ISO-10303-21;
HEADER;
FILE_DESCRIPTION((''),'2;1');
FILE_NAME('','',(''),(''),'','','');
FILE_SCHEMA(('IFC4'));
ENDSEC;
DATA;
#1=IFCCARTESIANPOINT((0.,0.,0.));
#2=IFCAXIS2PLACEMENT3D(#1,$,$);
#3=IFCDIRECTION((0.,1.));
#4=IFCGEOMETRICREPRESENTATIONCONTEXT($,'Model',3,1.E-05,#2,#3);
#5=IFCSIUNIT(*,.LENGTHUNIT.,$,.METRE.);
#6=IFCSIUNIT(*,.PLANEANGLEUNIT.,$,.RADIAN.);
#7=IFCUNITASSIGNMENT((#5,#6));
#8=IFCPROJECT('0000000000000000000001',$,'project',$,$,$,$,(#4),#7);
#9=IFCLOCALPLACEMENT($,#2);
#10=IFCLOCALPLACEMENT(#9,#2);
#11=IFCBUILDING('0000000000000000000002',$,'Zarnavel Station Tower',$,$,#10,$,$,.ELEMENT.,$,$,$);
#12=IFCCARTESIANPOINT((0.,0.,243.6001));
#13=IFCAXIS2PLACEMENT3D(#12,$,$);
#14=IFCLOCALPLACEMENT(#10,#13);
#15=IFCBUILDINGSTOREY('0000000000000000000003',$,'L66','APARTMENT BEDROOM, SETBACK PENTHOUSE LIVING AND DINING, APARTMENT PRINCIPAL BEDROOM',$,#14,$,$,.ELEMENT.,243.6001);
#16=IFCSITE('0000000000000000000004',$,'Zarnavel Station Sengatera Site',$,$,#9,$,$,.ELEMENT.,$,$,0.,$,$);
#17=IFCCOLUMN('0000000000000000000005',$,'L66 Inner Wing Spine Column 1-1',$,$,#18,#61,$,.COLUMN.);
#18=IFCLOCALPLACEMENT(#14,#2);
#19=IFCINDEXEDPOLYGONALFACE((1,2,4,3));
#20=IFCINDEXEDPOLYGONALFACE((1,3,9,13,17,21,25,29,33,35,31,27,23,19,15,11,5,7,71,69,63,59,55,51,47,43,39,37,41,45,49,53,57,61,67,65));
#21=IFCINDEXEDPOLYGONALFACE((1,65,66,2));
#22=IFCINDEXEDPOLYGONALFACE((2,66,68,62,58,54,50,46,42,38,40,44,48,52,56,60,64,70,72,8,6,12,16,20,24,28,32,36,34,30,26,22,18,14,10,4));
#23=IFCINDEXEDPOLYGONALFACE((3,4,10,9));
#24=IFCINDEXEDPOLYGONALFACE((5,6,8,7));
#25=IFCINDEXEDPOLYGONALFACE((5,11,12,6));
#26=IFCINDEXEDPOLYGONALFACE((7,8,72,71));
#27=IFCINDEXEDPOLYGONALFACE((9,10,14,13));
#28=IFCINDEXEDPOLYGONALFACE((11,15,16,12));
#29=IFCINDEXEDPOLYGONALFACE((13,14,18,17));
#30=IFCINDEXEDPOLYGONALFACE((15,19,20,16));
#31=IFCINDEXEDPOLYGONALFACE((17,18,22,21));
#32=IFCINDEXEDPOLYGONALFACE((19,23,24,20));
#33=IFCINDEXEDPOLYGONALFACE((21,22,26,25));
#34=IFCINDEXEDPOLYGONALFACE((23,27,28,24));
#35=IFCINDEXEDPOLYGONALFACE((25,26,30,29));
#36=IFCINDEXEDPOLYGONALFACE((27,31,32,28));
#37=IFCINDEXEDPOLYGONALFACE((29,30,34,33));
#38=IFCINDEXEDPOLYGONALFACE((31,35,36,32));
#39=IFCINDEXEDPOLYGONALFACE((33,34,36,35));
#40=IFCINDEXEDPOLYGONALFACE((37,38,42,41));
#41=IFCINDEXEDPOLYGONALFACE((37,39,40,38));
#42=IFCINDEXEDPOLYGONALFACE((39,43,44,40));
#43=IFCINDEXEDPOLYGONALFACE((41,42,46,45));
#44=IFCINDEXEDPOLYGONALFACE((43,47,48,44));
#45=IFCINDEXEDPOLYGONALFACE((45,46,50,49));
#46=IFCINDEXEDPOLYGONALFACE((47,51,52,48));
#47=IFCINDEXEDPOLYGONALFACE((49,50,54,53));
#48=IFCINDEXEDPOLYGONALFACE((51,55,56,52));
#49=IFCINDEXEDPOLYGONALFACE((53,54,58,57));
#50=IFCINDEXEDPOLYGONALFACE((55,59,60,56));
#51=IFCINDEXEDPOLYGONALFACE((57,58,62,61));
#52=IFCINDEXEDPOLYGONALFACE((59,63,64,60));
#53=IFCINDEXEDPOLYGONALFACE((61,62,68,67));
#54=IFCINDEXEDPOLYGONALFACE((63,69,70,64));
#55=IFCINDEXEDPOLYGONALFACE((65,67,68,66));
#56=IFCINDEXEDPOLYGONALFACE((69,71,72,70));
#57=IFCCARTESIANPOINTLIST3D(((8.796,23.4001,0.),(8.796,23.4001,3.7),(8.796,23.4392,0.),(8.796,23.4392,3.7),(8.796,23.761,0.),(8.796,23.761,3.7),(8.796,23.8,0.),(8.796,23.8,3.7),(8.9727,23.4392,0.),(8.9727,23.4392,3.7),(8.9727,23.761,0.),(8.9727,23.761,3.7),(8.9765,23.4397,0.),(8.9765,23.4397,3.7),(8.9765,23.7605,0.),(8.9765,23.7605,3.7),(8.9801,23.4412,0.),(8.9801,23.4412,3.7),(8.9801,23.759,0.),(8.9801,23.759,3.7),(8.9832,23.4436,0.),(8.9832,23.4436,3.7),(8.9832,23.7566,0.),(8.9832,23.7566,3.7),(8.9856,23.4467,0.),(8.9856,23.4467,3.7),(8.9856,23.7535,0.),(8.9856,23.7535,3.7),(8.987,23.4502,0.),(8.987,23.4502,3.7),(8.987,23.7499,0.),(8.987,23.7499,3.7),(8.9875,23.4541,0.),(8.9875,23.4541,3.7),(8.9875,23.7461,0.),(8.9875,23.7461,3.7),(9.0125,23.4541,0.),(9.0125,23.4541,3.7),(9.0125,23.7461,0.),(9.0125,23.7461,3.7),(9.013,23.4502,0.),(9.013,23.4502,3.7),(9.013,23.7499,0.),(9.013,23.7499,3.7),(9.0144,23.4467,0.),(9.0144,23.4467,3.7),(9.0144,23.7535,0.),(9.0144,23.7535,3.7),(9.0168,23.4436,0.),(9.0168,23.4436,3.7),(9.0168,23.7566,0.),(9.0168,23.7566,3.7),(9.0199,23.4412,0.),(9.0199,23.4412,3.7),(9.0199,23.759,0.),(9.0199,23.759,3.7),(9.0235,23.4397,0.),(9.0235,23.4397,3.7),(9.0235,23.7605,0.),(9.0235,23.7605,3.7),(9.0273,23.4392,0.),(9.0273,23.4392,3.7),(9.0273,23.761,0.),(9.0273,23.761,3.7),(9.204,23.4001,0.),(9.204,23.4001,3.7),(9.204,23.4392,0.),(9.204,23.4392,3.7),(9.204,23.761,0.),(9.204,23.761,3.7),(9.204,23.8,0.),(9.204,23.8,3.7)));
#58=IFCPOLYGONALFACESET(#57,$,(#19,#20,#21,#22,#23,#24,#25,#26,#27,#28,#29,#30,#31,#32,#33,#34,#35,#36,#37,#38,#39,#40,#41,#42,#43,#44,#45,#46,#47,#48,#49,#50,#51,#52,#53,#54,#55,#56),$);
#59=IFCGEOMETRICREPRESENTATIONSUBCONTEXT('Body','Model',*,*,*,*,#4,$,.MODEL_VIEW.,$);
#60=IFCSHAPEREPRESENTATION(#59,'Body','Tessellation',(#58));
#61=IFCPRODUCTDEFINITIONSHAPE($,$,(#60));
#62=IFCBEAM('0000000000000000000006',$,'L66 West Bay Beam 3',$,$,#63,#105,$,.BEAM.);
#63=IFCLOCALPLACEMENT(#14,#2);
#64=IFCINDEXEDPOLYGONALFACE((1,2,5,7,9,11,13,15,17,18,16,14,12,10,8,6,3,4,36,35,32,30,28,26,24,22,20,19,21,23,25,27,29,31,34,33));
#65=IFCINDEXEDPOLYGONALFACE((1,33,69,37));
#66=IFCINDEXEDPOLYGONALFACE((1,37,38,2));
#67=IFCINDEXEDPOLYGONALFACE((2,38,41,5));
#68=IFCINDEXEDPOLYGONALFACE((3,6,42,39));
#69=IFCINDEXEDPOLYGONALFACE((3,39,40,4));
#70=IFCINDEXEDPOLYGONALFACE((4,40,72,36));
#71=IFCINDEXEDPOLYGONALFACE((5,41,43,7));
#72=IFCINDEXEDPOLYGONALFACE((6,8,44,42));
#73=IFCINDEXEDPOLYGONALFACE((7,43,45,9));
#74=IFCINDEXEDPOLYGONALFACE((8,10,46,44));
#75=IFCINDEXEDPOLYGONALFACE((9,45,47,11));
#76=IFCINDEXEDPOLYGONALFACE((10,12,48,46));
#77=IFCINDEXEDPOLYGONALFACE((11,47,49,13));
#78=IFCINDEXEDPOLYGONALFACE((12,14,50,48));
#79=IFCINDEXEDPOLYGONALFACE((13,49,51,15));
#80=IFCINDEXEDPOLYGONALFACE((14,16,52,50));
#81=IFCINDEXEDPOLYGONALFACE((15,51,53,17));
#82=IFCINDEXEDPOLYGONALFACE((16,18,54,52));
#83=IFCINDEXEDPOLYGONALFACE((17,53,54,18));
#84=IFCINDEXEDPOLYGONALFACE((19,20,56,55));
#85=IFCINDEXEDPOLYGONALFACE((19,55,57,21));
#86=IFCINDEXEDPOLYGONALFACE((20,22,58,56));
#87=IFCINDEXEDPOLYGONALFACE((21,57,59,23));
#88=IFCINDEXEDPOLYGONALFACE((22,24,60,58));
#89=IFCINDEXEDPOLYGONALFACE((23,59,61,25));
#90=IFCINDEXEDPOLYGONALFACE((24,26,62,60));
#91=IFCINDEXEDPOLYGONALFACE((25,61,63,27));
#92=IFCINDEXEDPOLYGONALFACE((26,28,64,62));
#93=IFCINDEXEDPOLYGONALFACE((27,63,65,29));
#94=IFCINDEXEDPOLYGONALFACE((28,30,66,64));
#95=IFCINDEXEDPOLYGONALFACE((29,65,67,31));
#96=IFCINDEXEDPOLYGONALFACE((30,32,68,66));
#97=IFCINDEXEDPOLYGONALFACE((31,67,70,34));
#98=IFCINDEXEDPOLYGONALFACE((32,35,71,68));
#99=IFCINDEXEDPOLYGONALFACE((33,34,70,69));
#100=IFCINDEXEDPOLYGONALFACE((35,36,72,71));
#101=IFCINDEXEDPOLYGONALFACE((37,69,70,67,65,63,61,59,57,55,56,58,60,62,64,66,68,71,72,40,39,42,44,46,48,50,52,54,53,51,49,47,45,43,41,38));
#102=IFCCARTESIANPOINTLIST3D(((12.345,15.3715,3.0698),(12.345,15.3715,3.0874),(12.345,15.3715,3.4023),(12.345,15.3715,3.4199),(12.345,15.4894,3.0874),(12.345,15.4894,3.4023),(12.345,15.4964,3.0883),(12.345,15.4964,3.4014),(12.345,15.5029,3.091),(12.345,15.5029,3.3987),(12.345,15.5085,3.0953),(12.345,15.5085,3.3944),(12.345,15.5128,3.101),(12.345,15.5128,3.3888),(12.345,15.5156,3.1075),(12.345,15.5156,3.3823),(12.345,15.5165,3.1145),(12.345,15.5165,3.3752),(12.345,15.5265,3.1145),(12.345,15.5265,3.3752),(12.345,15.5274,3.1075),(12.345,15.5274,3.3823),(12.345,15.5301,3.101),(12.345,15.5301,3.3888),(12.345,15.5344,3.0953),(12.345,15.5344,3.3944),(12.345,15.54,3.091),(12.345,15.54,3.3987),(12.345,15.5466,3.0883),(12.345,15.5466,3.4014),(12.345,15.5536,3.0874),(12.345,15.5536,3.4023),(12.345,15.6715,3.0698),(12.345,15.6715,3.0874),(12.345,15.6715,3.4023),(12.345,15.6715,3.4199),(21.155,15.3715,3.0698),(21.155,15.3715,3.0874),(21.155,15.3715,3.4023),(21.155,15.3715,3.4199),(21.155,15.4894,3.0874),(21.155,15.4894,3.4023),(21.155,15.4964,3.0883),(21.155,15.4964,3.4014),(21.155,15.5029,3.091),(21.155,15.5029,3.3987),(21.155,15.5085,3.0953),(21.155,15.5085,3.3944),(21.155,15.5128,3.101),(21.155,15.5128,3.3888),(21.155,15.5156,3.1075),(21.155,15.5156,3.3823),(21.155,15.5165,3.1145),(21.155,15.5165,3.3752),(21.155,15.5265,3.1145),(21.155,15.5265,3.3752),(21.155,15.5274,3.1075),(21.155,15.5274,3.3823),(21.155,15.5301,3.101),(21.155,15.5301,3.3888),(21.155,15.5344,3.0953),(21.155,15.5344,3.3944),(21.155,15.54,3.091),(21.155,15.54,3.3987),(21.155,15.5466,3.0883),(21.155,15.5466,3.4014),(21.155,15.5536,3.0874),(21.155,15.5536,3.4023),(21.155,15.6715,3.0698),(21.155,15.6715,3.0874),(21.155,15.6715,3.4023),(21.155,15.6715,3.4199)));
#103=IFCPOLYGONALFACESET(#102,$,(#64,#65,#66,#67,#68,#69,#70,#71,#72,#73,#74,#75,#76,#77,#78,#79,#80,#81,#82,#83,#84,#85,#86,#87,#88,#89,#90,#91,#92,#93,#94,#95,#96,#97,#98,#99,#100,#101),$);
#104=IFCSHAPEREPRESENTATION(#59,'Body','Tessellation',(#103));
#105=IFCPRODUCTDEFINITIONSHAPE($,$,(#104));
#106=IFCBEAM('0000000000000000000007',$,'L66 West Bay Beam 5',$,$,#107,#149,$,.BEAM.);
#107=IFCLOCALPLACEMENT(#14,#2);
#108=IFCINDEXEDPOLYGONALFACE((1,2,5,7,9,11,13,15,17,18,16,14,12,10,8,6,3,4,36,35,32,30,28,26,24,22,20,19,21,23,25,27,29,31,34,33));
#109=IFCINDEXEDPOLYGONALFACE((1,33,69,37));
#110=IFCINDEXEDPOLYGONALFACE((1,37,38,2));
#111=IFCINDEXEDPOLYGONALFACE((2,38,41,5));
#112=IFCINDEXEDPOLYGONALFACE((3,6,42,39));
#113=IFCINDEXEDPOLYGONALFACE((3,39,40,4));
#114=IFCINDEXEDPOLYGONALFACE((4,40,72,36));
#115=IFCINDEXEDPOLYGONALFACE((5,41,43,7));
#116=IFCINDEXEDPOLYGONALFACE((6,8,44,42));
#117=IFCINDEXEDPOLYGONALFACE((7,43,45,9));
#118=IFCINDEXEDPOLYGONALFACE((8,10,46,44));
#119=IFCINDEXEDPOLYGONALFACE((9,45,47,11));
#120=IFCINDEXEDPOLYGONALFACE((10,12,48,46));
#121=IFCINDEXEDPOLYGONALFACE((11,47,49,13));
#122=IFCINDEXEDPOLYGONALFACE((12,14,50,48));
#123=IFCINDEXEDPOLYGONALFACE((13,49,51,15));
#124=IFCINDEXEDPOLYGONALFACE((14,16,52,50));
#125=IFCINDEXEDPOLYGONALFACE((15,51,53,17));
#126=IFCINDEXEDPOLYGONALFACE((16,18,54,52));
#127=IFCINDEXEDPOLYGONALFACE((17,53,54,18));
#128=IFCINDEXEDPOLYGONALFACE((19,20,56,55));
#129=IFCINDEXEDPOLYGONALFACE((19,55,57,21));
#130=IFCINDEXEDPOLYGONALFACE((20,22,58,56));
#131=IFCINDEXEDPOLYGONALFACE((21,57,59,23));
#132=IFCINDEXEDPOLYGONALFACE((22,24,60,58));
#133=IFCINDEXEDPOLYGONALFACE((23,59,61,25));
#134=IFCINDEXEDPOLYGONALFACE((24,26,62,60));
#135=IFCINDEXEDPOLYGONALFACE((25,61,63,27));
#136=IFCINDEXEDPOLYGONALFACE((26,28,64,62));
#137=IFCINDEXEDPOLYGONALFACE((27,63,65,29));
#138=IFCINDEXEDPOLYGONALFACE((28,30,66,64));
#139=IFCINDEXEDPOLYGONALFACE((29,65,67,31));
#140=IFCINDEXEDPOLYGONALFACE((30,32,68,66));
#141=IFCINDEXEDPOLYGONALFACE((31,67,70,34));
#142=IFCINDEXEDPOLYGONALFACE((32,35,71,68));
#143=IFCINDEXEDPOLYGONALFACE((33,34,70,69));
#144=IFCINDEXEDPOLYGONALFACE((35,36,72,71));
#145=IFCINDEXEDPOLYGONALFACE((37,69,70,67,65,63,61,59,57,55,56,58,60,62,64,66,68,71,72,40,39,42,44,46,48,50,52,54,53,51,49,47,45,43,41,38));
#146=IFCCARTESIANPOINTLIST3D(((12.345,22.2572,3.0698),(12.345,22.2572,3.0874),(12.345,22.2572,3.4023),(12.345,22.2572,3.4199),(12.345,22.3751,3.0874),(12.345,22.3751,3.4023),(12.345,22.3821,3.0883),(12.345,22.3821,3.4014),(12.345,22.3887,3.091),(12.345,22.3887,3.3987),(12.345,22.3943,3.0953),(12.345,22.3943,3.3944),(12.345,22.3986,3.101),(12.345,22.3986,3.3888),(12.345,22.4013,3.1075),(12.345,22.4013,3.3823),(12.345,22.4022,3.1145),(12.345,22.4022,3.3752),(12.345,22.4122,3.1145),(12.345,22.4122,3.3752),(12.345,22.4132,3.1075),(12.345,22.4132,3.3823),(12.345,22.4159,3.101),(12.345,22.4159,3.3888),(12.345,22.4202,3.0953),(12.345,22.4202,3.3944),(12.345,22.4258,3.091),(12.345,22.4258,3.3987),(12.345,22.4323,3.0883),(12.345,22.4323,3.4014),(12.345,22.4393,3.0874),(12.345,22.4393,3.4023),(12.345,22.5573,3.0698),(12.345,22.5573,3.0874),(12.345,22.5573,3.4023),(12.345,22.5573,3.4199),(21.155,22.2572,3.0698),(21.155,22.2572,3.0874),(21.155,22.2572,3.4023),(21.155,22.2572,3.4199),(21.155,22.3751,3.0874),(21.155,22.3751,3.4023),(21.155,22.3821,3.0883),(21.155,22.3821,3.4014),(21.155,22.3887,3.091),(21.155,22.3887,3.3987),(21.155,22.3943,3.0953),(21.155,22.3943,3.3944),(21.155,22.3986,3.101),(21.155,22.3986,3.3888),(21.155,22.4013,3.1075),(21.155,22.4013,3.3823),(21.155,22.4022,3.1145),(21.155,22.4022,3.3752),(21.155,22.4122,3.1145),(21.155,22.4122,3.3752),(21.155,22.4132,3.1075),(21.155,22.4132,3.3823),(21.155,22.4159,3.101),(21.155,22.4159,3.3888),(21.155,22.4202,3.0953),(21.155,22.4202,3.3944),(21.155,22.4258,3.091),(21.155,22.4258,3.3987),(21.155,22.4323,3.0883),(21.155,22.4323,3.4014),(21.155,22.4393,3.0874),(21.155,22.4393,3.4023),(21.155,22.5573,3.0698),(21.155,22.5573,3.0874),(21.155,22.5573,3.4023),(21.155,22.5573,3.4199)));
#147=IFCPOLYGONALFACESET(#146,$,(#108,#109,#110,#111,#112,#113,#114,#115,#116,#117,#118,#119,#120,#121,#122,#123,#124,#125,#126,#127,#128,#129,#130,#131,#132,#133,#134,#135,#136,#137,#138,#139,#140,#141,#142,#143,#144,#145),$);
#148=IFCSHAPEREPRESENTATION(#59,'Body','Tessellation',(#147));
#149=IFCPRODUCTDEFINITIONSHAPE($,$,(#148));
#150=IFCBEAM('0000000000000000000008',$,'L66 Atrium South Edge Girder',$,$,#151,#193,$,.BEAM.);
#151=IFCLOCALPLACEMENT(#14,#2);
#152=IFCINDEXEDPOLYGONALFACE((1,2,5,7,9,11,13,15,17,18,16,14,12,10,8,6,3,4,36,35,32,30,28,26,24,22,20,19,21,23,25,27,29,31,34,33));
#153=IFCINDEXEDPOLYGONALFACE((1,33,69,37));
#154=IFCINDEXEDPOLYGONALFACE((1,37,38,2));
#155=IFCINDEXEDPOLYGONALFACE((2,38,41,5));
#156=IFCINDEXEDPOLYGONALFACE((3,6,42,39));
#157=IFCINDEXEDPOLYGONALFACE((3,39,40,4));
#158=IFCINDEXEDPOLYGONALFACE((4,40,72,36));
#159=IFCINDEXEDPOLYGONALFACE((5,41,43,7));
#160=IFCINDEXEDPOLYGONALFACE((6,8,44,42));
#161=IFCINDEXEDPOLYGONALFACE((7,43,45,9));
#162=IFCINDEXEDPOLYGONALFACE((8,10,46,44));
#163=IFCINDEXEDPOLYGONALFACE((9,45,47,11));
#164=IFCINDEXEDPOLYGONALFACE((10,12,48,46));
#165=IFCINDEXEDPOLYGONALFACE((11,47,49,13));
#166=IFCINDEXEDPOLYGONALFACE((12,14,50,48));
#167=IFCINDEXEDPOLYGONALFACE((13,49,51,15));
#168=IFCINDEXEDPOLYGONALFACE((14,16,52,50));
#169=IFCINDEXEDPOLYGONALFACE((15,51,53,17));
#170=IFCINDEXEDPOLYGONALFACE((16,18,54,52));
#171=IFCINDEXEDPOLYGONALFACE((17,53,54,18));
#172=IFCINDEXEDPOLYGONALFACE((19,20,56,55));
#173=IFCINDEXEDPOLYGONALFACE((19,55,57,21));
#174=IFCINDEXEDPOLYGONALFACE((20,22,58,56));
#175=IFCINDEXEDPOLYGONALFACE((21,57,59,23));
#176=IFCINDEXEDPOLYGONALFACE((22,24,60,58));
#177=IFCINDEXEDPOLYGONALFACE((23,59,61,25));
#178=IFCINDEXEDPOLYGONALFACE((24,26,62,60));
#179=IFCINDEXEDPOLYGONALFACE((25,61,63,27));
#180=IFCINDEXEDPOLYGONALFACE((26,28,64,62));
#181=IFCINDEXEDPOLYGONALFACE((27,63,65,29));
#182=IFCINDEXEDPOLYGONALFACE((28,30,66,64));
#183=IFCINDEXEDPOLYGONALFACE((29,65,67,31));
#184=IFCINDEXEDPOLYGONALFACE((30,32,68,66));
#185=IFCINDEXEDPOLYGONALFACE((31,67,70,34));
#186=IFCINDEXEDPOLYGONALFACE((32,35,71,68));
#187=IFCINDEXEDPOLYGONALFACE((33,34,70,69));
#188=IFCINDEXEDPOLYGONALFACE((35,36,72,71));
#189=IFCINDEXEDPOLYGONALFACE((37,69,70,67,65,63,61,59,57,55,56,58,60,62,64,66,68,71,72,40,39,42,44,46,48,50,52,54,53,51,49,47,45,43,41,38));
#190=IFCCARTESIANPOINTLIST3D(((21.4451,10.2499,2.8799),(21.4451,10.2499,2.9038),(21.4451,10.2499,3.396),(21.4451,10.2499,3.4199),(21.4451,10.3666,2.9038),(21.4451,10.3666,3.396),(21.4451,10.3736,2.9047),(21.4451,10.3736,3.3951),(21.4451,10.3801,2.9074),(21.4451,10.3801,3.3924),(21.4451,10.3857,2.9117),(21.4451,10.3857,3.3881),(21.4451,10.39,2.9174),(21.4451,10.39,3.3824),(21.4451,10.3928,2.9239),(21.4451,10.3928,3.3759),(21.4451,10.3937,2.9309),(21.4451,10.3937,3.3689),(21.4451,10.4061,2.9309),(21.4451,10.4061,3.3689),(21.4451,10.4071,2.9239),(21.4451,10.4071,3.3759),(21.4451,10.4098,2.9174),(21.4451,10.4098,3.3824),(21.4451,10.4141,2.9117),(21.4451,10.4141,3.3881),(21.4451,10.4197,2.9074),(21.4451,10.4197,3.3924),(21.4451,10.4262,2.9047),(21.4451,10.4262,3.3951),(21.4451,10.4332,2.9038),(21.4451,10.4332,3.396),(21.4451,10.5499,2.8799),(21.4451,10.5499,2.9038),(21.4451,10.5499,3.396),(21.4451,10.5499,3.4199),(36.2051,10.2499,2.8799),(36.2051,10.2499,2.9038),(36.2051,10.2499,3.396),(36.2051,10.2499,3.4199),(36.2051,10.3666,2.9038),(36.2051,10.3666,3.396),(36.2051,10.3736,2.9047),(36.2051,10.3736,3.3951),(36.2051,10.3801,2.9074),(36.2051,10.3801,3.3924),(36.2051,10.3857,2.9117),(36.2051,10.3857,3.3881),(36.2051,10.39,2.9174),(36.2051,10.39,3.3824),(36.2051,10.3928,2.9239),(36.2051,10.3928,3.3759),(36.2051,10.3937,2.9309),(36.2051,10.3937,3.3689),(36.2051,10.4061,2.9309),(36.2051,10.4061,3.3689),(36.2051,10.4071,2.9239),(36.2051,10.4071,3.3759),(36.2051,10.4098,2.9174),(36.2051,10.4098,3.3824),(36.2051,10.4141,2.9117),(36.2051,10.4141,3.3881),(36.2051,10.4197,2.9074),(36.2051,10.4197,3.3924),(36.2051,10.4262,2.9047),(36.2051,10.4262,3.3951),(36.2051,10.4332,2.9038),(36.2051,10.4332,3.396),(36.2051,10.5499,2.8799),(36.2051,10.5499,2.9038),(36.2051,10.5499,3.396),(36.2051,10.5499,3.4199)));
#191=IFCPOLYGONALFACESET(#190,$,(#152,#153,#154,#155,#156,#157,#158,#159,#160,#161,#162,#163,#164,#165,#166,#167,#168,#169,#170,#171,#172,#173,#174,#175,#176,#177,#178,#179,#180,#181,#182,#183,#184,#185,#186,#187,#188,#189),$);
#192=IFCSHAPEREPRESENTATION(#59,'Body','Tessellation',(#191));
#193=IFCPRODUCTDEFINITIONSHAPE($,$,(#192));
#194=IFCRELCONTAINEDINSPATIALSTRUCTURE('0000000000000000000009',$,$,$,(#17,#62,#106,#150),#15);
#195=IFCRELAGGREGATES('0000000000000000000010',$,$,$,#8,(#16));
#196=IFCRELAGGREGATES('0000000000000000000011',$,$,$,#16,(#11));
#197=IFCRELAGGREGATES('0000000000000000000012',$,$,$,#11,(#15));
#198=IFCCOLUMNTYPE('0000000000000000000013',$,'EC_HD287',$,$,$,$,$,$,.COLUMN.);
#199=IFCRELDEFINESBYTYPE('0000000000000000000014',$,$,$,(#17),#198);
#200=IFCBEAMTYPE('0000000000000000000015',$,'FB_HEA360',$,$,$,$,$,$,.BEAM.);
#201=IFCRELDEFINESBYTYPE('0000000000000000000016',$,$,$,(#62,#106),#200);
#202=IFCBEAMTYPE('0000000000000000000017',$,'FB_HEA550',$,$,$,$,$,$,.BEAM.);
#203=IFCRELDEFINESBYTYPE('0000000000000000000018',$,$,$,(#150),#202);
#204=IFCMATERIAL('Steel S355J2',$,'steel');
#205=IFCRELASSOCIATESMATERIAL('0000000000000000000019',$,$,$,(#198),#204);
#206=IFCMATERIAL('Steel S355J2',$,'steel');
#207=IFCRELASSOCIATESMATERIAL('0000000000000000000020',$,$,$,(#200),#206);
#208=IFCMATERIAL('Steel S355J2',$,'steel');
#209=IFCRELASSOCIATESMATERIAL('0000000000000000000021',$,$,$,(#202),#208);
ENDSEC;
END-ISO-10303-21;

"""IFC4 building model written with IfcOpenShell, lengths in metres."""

from ifc_helpers import new_model, si_unit, direction, frame, origin, origin_2d, place, context, subcontext, project, spatial, i_section, extrude, material, material_profile, profile_set, type_object, element, save


model = new_model("IFC4")

# Units and contexts
model_context = context("Model", 3, precision=1e-05, world=origin(), true_north=direction((0.0, 1.0)))
body_context = subcontext(model_context, "Body", "Model", "MODEL_VIEW")
ifc_project = project(units=[si_unit("LENGTHUNIT", "METRE"), si_unit("PLANEANGLEUNIT", "RADIAN")], contexts=[model_context])

# Site, building, storey
site_placement = place(None, origin())
site = spatial("IfcSite", under=ifc_project, at=site_placement, Name="Zarnavel Station Sengatera Site", CompositionType="ELEMENT", RefElevation=0.0)
building_placement = place(site_placement, origin())
building = spatial("IfcBuilding", under=site, at=building_placement, Name="Zarnavel Station Tower", CompositionType="ELEMENT")
storey_placement = place(building_placement, frame((0.0, 0.0, 243.6001)))
storey = spatial("IfcBuildingStorey", under=building, at=storey_placement, Name="L66", Description="APARTMENT BEDROOM, SETBACK PENTHOUSE LIVING AND DINING, APARTMENT PRINCIPAL BEDROOM", CompositionType="ELEMENT", Elevation=243.6001)

# Column
ifc_material_1 = material(Name="Steel S355J2", Category="steel")
ifc_material_profile_1 = material_profile(ifc_material_1, i_section(OverallWidth=0.408, OverallDepth=0.3999, WebThickness=0.0249, FlangeThickness=0.0391, FilletRadius=0.0149, at=origin_2d()), Name="HD400x287")
ifc_profile_set_1 = profile_set([ifc_material_profile_1], Name="Steel S355J2")
column_type = type_object("IfcColumnType", Name="EC_HD287", PredefinedType="COLUMN", material=ifc_profile_set_1)
column_placement = place(storey_placement, frame((9.0, 23.6001, 0.0), z_axis=(0.0, 0.0, 1.0), x_axis=(1.0, 0.0, 0.0)))
element("IfcColumn", 1, at=column_placement, inside=storey, type_object=column_type, Name="L66 Inner Wing Spine Column 1-1", PredefinedType="COLUMN", context=body_context, shape_type="SweptSolid", body=[
    extrude(i_section(OverallWidth=0.408, OverallDepth=0.3999, WebThickness=0.0249, FlangeThickness=0.0391, FilletRadius=0.0149, at=origin_2d()), origin(), (0.0, 0.0, 1.0), 3.7),
])

# Beams
ifc_material_2 = material(Name="Steel S355J2", Category="steel")
ifc_material_profile_2 = material_profile(ifc_material_2, i_section(OverallWidth=0.3, OverallDepth=0.3501, WebThickness=0.01, FlangeThickness=0.0176, FilletRadius=0.0271, at=origin_2d()), Name="HEA360")
ifc_profile_set_2 = profile_set([ifc_material_profile_2], Name="Steel S355J2")
beam_type_1 = type_object("IfcBeamType", Name="FB_HEA360", PredefinedType="BEAM", material=ifc_profile_set_2)
for number, where, z_axis, x_axis, name in (
    (2, (12.345, 15.5215, 3.2449), (1.0, 0.0, 0.0), (0.0, 1.0, 0.0), "L66 West Bay Beam 3"),
    (3, (12.345, 22.4072, 3.2449), (1.0, 0.0, 0.0), (0.0, 1.0, 0.0), "L66 West Bay Beam 5"),
):
    element("IfcBeam", number, at=place(storey_placement, frame(where, z_axis=z_axis, x_axis=x_axis)), inside=storey, type_object=beam_type_1, Name=name, PredefinedType="BEAM", context=body_context, shape_type="SweptSolid", body=[
        extrude(i_section(OverallWidth=0.3, OverallDepth=0.3501, WebThickness=0.01, FlangeThickness=0.0176, FilletRadius=0.0271, at=origin_2d()), origin(), (0.0, 0.0, 1.0), 8.8101),
    ])
ifc_material_3 = material(Name="Steel S355J2", Category="steel")
ifc_material_profile_3 = material_profile(ifc_material_3, i_section(OverallWidth=0.3, OverallDepth=0.54, WebThickness=0.0125, FlangeThickness=0.0239, FilletRadius=0.0271, at=origin_2d()), Name="HEA550")
ifc_profile_set_3 = profile_set([ifc_material_profile_3], Name="Steel S355J2")
beam_type_2 = type_object("IfcBeamType", Name="FB_HEA550", PredefinedType="BEAM", material=ifc_profile_set_3)
beam_placement = place(storey_placement, frame((21.4451, 10.3999, 3.1499), z_axis=(1.0, 0.0, 0.0), x_axis=(0.0, 1.0, 0.0)))
element("IfcBeam", 4, at=beam_placement, inside=storey, type_object=beam_type_2, Name="L66 Atrium South Edge Girder", PredefinedType="BEAM", context=body_context, shape_type="SweptSolid", body=[
    extrude(i_section(OverallWidth=0.3, OverallDepth=0.54, WebThickness=0.0125, FlangeThickness=0.0239, FilletRadius=0.0271, at=origin_2d()), origin(), (0.0, 0.0, 1.0), 14.76),
])

save(model, "model.ifc")
